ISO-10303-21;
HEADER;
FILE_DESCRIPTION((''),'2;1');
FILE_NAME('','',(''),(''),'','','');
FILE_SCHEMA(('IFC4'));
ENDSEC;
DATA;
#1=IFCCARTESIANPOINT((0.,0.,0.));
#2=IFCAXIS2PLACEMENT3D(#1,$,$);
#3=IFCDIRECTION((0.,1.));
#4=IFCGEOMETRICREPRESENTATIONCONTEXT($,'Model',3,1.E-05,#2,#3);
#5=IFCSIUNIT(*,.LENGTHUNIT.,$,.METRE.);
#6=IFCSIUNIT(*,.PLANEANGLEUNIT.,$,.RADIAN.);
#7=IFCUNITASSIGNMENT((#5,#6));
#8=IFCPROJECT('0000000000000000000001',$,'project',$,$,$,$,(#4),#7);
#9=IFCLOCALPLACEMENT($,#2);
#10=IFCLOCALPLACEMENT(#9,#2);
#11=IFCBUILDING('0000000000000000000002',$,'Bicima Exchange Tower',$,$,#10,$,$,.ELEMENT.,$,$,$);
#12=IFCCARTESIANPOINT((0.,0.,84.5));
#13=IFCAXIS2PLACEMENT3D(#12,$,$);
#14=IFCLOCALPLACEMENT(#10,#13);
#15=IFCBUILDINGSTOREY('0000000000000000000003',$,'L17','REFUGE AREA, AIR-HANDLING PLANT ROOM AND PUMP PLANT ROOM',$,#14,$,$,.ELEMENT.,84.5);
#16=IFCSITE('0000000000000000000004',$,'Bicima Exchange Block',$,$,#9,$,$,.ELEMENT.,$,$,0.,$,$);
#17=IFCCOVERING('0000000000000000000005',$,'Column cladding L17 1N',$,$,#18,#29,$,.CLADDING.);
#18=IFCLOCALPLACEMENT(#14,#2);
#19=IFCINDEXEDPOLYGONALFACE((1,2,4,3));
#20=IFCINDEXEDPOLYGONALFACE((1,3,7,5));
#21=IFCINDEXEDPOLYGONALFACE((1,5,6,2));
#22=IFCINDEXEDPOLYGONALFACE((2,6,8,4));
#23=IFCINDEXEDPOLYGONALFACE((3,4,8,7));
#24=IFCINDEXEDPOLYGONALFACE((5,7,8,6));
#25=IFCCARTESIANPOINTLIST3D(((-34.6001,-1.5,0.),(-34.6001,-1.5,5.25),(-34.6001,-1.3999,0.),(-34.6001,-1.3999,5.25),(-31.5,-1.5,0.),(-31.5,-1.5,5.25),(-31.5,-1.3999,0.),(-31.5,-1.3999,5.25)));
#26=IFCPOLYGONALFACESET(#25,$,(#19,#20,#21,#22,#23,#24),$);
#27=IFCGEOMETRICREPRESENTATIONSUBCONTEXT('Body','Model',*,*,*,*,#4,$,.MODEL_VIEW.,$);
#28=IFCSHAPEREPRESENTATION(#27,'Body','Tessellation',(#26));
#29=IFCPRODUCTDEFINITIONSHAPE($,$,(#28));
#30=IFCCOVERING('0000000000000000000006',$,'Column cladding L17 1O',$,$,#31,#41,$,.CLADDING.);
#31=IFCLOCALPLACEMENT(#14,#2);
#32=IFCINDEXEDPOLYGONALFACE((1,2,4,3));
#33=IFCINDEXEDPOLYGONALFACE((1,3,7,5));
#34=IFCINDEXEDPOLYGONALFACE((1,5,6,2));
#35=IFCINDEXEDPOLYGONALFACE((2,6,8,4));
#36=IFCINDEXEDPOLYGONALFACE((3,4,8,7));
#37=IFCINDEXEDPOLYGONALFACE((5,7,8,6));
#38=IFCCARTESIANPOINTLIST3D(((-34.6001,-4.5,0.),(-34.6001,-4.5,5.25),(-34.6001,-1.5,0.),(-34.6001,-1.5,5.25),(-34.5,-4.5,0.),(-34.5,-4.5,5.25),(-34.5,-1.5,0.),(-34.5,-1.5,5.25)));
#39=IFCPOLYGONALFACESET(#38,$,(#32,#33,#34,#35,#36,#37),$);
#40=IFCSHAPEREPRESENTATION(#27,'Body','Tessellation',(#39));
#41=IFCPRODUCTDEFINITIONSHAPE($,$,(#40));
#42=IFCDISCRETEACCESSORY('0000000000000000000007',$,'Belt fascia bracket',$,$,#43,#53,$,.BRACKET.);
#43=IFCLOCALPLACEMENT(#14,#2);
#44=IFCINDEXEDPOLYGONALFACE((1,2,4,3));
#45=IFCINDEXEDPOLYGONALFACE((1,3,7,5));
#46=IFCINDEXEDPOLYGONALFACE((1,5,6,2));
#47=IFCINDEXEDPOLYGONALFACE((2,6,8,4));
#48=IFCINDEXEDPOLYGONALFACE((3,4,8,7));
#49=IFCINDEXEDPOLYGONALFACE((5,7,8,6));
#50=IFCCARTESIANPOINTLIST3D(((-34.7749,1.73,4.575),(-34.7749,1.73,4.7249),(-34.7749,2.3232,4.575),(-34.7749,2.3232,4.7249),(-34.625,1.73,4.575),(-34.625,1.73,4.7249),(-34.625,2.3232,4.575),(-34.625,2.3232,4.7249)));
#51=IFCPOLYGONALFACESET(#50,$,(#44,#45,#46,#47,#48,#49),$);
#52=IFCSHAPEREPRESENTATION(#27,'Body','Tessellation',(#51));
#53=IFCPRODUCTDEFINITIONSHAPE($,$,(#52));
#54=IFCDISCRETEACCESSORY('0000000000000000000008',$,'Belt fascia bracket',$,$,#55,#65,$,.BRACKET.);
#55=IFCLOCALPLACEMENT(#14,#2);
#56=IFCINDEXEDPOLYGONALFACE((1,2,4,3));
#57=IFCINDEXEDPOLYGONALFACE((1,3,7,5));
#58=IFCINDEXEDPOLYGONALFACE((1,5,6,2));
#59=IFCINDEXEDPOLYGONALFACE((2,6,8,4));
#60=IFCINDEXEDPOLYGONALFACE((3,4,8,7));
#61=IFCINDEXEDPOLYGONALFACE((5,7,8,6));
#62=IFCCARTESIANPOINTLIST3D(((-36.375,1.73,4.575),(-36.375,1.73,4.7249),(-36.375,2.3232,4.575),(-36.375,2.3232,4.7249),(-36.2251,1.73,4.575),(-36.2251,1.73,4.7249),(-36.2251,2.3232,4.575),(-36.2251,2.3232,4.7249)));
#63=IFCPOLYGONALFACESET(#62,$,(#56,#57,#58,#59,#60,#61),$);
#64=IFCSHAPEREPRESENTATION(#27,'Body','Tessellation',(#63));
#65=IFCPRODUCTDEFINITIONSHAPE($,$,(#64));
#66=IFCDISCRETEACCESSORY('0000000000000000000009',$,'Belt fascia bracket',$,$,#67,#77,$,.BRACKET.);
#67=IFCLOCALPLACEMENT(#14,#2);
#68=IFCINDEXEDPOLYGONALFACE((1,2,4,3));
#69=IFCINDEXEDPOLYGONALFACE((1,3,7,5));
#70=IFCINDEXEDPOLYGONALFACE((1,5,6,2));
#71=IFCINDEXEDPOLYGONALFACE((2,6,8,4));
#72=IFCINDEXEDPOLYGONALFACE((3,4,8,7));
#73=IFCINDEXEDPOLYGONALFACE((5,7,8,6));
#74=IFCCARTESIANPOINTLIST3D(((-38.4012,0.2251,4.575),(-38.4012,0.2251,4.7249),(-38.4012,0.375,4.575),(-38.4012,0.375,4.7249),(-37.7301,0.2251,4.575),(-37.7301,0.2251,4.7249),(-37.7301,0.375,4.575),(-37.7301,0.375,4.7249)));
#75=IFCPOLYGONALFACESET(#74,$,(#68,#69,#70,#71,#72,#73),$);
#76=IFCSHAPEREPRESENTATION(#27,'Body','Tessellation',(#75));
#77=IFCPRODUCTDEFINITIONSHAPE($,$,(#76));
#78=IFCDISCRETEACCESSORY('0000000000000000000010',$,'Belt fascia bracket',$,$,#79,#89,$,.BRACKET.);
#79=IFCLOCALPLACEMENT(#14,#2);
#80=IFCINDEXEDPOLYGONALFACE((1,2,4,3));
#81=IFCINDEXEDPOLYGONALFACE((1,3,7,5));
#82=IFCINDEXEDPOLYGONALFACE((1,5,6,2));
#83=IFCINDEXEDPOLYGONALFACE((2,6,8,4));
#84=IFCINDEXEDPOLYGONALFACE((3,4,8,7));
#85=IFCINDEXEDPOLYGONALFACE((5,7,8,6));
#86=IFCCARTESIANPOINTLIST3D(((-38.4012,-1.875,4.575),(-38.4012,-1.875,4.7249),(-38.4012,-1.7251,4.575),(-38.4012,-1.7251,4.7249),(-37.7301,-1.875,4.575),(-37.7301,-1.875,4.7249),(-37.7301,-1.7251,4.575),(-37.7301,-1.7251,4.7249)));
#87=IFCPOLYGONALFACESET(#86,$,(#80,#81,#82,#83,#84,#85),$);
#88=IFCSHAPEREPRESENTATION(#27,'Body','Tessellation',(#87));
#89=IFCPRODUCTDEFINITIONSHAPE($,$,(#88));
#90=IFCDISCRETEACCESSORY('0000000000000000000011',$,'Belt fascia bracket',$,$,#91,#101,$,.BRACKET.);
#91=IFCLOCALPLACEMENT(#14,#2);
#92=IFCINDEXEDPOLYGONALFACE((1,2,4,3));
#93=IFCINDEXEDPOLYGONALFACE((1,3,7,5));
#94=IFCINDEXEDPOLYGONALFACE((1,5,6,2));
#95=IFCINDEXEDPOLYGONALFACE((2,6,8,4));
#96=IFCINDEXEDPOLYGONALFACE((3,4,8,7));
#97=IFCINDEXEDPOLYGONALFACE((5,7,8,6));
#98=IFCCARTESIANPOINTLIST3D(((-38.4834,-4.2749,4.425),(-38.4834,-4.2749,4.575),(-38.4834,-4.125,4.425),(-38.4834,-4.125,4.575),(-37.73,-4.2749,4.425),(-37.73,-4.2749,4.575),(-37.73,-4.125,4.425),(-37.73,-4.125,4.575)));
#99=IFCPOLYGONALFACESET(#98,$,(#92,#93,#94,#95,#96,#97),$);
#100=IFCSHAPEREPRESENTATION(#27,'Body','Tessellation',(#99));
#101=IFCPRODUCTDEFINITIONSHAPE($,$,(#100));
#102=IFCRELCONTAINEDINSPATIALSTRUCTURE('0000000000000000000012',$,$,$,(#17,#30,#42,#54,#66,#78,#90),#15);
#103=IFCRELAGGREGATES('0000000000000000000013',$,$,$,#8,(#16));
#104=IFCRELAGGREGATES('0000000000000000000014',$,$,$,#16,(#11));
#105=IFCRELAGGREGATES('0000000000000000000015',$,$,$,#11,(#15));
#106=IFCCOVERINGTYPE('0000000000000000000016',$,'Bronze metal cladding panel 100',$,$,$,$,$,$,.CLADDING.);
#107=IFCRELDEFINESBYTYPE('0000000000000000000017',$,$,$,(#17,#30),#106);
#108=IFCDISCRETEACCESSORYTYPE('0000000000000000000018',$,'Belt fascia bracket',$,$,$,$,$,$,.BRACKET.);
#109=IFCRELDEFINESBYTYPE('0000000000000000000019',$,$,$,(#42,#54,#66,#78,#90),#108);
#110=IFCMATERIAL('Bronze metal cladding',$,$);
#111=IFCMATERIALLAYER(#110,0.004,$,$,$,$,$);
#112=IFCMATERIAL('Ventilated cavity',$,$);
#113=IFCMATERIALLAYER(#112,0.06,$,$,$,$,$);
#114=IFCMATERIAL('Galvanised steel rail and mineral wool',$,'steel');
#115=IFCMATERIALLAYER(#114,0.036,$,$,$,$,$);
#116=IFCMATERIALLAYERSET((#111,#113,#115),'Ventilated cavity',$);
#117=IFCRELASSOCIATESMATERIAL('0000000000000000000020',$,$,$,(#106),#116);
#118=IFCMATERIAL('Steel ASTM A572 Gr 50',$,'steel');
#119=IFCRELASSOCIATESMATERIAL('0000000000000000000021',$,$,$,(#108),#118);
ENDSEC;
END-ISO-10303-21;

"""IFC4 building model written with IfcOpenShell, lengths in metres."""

from ifc_helpers import new_model, si_unit, direction, frame, origin, origin_2d, place, context, subcontext, project, spatial, rectangle, extrude, material, layer, layer_set, type_object, element, save


model = new_model("IFC4")

# Units and contexts
model_context = context("Model", 3, precision=1e-05, world=origin(), true_north=direction((0.0, 1.0)))
body_context = subcontext(model_context, "Body", "Model", "MODEL_VIEW")
ifc_project = project(units=[si_unit("LENGTHUNIT", "METRE"), si_unit("PLANEANGLEUNIT", "RADIAN")], contexts=[model_context])

# Site, building, storey
site_placement = place(None, origin())
site = spatial("IfcSite", under=ifc_project, at=site_placement, Name="Bicima Exchange Block", CompositionType="ELEMENT", RefElevation=0.0)
building_placement = place(site_placement, origin())
building = spatial("IfcBuilding", under=site, at=building_placement, Name="Bicima Exchange Tower", CompositionType="ELEMENT")
storey_placement = place(building_placement, frame((0.0, 0.0, 84.5)))
storey = spatial("IfcBuildingStorey", under=building, at=storey_placement, Name="L17", Description="REFUGE AREA, AIR-HANDLING PLANT ROOM AND PUMP PLANT ROOM", CompositionType="ELEMENT", Elevation=84.5)

# Shared definitions
ifc_material_1 = material(Name="Steel ASTM A572 Gr 50", Category="steel")

# Coverings
ifc_material_2 = material(Name="Bronze metal cladding")
ifc_layer_1 = layer(ifc_material_2, 0.004)
ifc_material_3 = material(Name="Ventilated cavity")
ifc_layer_2 = layer(ifc_material_3, 0.06)
ifc_material_4 = material(Name="Galvanised steel rail and mineral wool", Category="steel")
ifc_layer_3 = layer(ifc_material_4, 0.036)
ifc_layer_set_1 = layer_set([ifc_layer_1, ifc_layer_2, ifc_layer_3], Name="Ventilated cavity")
covering_type = type_object("IfcCoveringType", Name="Bronze metal cladding panel 100", PredefinedType="CLADDING", material=ifc_layer_set_1)
covering_1_placement = place(storey_placement, frame((-33.05, -1.45, 0.0), z_axis=(0.0, 0.0, 1.0), x_axis=(1.0, 0.0, 0.0)))
element("IfcCovering", 1, at=covering_1_placement, inside=storey, type_object=covering_type, Name="Column cladding L17 1N", PredefinedType="CLADDING", context=body_context, shape_type="SweptSolid", body=[
    extrude(rectangle(XDim=3.1001, YDim=0.1001, at=origin_2d()), origin(), (0.0, 0.0, 1.0), 5.25),
])
covering_2_placement = place(storey_placement, frame((-34.55, -3.0, 0.0), z_axis=(0.0, 0.0, 1.0), x_axis=(1.0, 0.0, 0.0)))
element("IfcCovering", 2, at=covering_2_placement, inside=storey, type_object=covering_type, Name="Column cladding L17 1O", PredefinedType="CLADDING", context=body_context, shape_type="SweptSolid", body=[
    extrude(rectangle(XDim=0.1001, YDim=3.0, at=origin_2d()), origin(), (0.0, 0.0, 1.0), 5.25),
])

# Discrete accessories
discrete_accessory_type = type_object("IfcDiscreteAccessoryType", Name="Belt fascia bracket", PredefinedType="BRACKET", material=ifc_material_1)
for number, where, z_axis, x_axis, name in (
    (3, (-34.7, 2.0266, 4.575), (0.0, 0.0, 1.0), (-1.0, 0.0, 0.0), "Belt fascia bracket"),
    (4, (-36.3, 2.0266, 4.575), (0.0, 0.0, 1.0), (-1.0, 0.0, 0.0), "Belt fascia bracket"),
):
    element("IfcDiscreteAccessory", number, at=place(storey_placement, frame(where, z_axis=z_axis, x_axis=x_axis)), inside=storey, type_object=discrete_accessory_type, Name=name, PredefinedType="BRACKET", context=body_context, shape_type="SweptSolid", body=[
        extrude(rectangle(XDim=0.1499, YDim=0.5933, at=origin_2d()), origin(), (0.0, 0.0, 1.0), 0.1499),
    ])
for number, where, z_axis, x_axis, name in (
    (5, (-38.0657, 0.3, 4.575), (0.0, 0.0, 1.0), (0.0, -1.0, 0.0), "Belt fascia bracket"),
    (6, (-38.0657, -1.8, 4.575), (0.0, 0.0, 1.0), (0.0, -1.0, 0.0), "Belt fascia bracket"),
):
    element("IfcDiscreteAccessory", number, at=place(storey_placement, frame(where, z_axis=z_axis, x_axis=x_axis)), inside=storey, type_object=discrete_accessory_type, Name=name, PredefinedType="BRACKET", context=body_context, shape_type="SweptSolid", body=[
        extrude(rectangle(XDim=0.1499, YDim=0.6711, at=origin_2d()), origin(), (0.0, 0.0, 1.0), 0.1499),
    ])
discrete_accessory_placement = place(storey_placement, frame((-38.1067, -4.2, 4.425), z_axis=(0.0, 0.0, 1.0), x_axis=(0.0, -1.0, 0.0)))
element("IfcDiscreteAccessory", 7, at=discrete_accessory_placement, inside=storey, type_object=discrete_accessory_type, Name="Belt fascia bracket", PredefinedType="BRACKET", context=body_context, shape_type="SweptSolid", body=[
    extrude(rectangle(XDim=0.1499, YDim=0.7534, at=origin_2d()), origin(), (0.0, 0.0, 1.0), 0.1499),
])

save(model, "model.ifc")
